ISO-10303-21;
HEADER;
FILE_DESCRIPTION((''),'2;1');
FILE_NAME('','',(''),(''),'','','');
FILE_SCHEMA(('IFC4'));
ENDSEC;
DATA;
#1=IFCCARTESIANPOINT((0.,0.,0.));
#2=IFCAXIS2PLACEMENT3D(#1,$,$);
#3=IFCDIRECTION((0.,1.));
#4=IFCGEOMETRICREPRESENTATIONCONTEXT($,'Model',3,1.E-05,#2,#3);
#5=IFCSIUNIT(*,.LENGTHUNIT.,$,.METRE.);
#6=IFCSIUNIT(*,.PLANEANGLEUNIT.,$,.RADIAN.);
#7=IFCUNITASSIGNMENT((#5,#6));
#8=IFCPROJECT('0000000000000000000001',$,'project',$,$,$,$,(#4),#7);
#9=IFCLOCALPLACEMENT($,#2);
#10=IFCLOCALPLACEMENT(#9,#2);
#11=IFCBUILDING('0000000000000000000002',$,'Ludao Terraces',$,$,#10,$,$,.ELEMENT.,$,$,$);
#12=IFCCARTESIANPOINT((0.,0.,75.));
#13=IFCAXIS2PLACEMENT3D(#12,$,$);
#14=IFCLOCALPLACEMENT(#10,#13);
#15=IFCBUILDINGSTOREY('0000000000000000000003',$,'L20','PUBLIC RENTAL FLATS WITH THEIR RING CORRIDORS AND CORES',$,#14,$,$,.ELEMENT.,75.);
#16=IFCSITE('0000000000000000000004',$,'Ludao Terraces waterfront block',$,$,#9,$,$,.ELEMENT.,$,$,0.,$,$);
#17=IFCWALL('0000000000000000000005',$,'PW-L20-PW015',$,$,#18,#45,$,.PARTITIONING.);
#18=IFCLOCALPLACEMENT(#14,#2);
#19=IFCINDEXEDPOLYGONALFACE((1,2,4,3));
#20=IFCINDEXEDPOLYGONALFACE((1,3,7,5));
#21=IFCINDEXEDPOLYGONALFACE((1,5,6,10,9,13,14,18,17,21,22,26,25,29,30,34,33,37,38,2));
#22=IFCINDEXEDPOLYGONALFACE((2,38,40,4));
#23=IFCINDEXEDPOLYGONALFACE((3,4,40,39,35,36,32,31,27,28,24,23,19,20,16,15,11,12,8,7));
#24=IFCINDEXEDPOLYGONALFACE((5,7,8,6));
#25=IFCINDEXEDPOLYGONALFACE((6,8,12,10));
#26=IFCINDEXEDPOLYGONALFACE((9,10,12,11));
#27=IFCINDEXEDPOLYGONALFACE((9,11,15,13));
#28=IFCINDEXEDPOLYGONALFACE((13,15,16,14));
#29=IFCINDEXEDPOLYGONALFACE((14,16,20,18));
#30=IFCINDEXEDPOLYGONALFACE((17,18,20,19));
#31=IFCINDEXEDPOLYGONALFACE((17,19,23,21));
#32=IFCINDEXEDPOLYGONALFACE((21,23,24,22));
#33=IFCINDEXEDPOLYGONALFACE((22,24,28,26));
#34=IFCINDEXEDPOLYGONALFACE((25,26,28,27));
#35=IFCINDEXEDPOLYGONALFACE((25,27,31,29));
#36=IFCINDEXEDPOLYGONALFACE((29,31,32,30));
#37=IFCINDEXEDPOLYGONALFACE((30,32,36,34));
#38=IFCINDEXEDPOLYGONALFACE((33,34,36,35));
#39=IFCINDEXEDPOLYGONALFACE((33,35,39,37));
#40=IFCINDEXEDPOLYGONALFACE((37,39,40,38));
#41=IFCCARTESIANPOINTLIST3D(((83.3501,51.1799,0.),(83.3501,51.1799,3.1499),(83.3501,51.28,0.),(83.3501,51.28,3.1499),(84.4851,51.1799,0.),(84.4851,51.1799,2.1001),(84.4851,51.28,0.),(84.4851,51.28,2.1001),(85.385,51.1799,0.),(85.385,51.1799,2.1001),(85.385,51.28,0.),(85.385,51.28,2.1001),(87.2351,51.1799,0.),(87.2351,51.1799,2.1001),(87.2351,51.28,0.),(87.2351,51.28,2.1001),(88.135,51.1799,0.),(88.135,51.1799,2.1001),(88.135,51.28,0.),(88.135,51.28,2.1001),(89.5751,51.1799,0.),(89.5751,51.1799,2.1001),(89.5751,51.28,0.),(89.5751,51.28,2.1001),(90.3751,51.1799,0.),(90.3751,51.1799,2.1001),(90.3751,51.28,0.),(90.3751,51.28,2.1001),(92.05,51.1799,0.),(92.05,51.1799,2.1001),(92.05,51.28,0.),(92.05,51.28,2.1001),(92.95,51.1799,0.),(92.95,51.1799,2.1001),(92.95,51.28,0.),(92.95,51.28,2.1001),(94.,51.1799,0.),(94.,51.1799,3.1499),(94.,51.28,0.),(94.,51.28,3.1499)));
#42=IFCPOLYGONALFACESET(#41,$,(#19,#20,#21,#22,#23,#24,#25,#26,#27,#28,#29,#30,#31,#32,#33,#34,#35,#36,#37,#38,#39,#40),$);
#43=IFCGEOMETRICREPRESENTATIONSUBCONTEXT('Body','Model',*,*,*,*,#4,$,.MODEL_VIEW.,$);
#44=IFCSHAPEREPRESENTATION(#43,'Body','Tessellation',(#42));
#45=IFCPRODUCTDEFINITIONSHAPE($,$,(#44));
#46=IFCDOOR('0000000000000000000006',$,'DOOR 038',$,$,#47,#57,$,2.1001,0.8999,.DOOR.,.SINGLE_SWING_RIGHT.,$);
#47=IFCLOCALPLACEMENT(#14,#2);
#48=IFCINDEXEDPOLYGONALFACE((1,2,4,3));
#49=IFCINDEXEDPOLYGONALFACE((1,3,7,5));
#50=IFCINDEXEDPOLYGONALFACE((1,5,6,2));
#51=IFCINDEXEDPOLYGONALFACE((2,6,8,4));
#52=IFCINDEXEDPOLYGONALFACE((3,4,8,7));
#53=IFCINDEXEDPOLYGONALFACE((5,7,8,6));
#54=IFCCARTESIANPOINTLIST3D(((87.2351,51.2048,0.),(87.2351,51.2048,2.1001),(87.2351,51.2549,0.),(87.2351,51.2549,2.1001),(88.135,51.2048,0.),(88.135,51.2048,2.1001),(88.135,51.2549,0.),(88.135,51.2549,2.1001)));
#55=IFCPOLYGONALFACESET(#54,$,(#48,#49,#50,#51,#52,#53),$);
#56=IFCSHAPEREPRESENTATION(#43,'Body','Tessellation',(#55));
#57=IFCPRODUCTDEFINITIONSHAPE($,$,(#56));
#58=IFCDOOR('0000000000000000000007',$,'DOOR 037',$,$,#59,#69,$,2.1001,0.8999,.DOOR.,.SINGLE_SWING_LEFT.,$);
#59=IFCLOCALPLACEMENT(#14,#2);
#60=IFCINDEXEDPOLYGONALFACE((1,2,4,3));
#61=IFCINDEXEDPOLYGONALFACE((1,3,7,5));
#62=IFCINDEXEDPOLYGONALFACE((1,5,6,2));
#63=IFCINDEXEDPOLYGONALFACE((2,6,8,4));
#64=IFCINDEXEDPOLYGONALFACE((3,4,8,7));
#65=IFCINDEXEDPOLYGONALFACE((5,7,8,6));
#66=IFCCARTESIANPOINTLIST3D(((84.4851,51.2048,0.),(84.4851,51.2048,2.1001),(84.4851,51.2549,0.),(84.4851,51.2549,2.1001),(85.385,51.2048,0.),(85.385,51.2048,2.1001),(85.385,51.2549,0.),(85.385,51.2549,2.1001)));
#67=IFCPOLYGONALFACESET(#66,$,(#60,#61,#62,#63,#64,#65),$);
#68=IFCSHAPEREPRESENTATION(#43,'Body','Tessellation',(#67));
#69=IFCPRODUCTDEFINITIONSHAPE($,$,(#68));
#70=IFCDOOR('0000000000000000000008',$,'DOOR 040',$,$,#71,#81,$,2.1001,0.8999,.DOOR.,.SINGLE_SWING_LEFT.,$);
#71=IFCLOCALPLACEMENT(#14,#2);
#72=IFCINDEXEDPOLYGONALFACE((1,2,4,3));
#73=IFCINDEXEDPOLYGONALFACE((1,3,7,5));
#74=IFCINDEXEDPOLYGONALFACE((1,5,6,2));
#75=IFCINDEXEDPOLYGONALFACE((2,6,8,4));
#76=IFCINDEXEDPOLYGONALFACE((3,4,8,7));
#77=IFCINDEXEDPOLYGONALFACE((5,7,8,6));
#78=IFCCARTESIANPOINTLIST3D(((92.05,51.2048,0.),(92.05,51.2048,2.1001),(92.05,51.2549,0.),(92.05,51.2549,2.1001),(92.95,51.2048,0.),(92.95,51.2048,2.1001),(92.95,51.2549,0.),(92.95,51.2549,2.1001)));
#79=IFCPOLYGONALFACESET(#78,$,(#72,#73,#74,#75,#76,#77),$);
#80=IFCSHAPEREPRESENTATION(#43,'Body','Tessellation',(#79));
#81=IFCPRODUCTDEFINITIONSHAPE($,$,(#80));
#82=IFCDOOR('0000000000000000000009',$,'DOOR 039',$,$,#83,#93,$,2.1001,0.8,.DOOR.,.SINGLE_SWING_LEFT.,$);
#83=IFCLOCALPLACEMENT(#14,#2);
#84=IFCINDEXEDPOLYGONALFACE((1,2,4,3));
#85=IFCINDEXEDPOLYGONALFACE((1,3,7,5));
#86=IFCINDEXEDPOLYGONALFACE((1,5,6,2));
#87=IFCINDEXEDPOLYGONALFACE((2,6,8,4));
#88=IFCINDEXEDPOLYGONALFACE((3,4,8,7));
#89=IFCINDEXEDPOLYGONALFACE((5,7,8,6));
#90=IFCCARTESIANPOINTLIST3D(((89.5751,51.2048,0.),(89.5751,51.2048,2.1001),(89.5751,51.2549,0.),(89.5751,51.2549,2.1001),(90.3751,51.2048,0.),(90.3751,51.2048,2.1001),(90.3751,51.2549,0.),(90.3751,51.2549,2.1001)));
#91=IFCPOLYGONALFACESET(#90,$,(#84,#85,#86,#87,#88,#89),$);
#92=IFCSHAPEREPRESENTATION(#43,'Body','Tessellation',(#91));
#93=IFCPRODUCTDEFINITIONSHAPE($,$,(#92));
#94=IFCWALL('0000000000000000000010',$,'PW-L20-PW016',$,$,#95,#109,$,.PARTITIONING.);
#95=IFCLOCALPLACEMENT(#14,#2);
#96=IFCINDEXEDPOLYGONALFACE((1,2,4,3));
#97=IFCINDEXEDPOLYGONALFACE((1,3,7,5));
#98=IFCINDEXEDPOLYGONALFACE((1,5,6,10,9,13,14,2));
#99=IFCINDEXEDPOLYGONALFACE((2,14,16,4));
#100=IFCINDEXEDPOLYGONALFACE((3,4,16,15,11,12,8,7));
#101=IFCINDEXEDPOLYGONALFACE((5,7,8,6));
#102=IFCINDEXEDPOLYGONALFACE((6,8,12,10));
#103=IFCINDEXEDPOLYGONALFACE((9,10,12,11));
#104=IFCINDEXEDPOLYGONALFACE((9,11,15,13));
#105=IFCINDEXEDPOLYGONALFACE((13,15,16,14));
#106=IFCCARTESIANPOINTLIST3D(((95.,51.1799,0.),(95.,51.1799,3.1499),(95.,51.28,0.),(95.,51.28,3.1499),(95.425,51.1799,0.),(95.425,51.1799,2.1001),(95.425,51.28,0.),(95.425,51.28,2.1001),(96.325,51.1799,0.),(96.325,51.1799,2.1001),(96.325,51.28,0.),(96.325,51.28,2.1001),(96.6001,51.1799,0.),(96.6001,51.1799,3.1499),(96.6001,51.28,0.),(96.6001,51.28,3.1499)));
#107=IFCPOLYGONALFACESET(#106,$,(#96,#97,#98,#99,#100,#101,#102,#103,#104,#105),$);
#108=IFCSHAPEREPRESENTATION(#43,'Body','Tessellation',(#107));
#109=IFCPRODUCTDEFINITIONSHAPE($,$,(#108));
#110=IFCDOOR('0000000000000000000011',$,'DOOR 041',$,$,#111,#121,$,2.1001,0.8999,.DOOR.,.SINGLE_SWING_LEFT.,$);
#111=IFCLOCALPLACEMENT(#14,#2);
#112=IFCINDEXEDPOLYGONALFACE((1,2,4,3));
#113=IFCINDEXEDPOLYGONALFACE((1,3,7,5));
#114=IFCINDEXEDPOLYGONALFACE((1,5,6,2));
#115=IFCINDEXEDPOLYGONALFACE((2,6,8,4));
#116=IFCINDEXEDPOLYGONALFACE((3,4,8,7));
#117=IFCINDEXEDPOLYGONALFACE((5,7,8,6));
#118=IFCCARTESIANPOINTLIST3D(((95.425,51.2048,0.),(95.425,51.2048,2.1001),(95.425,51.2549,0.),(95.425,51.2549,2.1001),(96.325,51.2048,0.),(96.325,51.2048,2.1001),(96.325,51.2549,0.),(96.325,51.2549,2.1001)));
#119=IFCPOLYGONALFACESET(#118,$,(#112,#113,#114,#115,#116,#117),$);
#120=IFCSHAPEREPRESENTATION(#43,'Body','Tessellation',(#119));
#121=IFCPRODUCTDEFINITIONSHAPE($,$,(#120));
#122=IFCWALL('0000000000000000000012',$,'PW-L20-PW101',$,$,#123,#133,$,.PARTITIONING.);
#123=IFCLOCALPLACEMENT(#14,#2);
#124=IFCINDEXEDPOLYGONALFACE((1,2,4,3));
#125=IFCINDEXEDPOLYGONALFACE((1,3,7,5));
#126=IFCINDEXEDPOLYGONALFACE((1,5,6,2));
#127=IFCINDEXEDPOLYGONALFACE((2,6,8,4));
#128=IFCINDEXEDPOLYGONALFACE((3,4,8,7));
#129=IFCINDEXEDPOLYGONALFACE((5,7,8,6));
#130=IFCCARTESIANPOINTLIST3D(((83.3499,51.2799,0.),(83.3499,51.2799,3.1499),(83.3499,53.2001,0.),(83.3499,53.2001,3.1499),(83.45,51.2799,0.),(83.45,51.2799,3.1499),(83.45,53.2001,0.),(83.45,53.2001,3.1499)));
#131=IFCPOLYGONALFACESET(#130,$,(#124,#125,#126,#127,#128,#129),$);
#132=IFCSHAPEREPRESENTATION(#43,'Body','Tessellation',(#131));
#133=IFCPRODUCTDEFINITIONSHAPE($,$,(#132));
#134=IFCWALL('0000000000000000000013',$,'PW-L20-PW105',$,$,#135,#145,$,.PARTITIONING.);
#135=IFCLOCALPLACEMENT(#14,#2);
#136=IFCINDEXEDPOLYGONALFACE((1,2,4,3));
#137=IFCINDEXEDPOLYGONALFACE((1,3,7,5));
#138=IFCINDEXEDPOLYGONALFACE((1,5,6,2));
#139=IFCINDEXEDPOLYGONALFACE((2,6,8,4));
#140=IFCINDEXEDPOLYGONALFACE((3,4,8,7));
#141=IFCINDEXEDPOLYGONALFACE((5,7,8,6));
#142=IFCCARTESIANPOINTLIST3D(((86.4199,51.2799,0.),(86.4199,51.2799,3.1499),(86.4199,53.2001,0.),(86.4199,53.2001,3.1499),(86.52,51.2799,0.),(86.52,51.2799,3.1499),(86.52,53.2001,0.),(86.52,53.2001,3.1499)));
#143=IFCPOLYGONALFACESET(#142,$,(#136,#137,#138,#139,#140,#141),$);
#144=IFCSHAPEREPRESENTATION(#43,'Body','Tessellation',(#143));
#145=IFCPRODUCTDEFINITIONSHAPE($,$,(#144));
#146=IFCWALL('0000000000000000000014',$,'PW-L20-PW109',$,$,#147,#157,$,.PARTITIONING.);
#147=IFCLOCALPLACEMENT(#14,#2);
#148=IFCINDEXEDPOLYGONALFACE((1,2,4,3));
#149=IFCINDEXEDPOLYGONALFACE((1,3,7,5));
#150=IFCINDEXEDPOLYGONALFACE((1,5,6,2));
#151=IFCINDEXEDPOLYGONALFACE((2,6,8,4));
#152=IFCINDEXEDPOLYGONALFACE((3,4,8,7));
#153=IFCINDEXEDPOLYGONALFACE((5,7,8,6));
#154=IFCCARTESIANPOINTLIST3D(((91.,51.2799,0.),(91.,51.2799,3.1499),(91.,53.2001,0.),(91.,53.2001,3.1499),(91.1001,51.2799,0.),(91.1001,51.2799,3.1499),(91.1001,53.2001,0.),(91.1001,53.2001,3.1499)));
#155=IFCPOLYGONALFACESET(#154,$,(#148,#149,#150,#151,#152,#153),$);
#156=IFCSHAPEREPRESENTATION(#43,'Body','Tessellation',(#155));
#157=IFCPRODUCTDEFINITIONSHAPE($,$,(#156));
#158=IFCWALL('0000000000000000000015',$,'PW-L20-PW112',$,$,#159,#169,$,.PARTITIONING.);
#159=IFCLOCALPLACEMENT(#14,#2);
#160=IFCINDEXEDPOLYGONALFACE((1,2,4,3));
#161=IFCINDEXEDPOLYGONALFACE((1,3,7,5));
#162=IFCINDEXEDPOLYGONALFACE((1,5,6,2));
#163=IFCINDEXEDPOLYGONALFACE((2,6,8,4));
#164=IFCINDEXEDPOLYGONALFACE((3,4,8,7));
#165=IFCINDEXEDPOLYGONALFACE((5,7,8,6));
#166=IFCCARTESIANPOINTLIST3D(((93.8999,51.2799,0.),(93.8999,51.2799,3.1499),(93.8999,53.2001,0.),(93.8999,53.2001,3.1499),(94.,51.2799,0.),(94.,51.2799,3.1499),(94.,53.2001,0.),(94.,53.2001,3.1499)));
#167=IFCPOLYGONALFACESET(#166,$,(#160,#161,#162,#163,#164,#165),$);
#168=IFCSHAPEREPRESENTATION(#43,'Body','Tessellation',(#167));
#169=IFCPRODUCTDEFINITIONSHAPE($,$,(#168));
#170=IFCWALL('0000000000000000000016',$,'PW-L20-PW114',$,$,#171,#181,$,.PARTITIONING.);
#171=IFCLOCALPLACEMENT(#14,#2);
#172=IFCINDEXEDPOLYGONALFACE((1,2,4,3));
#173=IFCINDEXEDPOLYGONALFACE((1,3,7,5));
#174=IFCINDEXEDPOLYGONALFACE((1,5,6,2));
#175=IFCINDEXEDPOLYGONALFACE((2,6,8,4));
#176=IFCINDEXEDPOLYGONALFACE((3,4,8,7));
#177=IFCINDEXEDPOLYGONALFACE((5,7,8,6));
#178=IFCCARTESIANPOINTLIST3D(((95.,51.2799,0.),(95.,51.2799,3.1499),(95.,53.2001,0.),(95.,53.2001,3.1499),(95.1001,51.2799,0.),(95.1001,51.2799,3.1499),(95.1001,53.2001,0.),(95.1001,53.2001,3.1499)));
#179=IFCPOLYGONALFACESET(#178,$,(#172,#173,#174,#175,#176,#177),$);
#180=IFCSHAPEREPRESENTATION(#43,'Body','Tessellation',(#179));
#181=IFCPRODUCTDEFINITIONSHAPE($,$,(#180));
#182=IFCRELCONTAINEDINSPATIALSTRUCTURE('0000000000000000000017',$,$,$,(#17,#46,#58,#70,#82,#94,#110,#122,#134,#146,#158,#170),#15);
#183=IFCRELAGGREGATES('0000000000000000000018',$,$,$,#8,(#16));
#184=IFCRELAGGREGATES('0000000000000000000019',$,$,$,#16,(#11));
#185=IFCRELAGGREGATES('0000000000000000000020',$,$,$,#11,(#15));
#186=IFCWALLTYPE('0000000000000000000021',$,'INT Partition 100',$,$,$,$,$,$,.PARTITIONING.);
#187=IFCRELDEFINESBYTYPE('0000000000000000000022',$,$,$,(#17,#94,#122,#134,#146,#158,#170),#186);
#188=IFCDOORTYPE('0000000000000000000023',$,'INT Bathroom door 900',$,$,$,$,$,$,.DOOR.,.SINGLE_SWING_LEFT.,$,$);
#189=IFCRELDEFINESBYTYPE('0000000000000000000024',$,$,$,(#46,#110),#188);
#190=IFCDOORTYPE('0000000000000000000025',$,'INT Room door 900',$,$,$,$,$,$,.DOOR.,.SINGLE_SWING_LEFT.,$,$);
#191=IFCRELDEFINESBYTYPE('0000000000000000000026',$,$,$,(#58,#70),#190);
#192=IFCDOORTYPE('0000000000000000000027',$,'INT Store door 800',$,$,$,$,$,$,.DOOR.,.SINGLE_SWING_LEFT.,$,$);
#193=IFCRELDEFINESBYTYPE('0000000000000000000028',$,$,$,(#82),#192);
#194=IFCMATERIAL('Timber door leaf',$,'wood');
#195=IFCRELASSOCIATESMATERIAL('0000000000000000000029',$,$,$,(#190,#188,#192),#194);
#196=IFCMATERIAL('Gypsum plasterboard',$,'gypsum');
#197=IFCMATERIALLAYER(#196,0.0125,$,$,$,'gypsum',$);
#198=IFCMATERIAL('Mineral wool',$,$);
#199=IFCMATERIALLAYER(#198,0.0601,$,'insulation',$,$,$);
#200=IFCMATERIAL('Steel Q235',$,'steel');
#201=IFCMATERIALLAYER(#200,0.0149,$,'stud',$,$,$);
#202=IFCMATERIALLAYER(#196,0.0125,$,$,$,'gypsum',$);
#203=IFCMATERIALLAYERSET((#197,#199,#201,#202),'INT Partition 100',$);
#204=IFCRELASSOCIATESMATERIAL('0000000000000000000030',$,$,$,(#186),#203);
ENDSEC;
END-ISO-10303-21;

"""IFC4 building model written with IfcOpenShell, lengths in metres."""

from ifc_helpers import new_model, si_unit, direction, frame, frame_2d, origin, place, context, subcontext, project, spatial, rectangle, extrude, material, layer, layer_set, type_object, element, fill, save


model = new_model("IFC4")

# Units and contexts
model_context = context("Model", 3, precision=1e-05, world=origin(), true_north=direction((0.0, 1.0)))
body_context = subcontext(model_context, "Body", "Model", "MODEL_VIEW")
ifc_project = project(units=[si_unit("LENGTHUNIT", "METRE"), si_unit("PLANEANGLEUNIT", "RADIAN")], contexts=[model_context])

# Site, building, storey
site_placement = place(None, origin())
site = spatial("IfcSite", under=ifc_project, at=site_placement, Name="Ludao Terraces waterfront block", CompositionType="ELEMENT", RefElevation=0.0)
building_placement = place(site_placement, origin())
building = spatial("IfcBuilding", under=site, at=building_placement, Name="Ludao Terraces", CompositionType="ELEMENT")
storey_placement = place(building_placement, frame((0.0, 0.0, 75.0)))
storey = spatial("IfcBuildingStorey", under=building, at=storey_placement, Name="L20", Description="PUBLIC RENTAL FLATS WITH THEIR RING CORRIDORS AND CORES", CompositionType="ELEMENT", Elevation=75.0)

# Shared definitions
ifc_material_1 = material(Name="Steel Q235", Category="steel")
ifc_material_2 = material(Name="Mineral wool")
ifc_material_3 = material(Name="Timber door leaf", Category="wood")
door_type_1 = type_object("IfcDoorType", Name="INT Room door 900", OperationType="SINGLE_SWING_LEFT", PredefinedType="DOOR", material=ifc_material_3)

# Shared definitions
ifc_material_4 = material(Name="Gypsum plasterboard", Category="gypsum")
ifc_layer_1 = layer(ifc_material_4, 0.0125, Category="gypsum")
ifc_layer_2 = layer(ifc_material_2, 0.0601, Name="insulation")
ifc_layer_3 = layer(ifc_material_1, 0.0149, Name="stud")
ifc_layer_4 = layer(ifc_material_4, 0.0125, Category="gypsum")
ifc_layer_set_1 = layer_set([ifc_layer_1, ifc_layer_2, ifc_layer_3, ifc_layer_4], Name="INT Partition 100")
wall_type_1 = type_object("IfcWallType", Name="INT Partition 100", PredefinedType="PARTITIONING", material=ifc_layer_set_1)

# Wall, openings, doors
wall_1_placement = place(storey_placement, frame((83.3501, 51.23, 0.0), z_axis=(0.0, 0.0, 1.0), x_axis=(1.0, 0.0, 0.0)))
wall_1 = element("IfcWall", 1, at=wall_1_placement, inside=storey, type_object=wall_type_1, Name="PW-L20-PW015", PredefinedType="PARTITIONING", context=body_context, shape_type="SweptSolid", body=[
    extrude(rectangle(XDim=10.6499, YDim=0.1001, at=frame_2d((5.325, 0.0))), origin(), (0.0, 0.0, 1.0), 3.1499),
])
opening_1_placement = place(wall_1_placement, frame((1.135, 0.0, 0.0)))
opening_1 = element("IfcOpeningElement", 2, at=opening_1_placement, cuts=wall_1, PredefinedType="OPENING", context=body_context, shape_type="SweptSolid", body=[
    extrude(rectangle(XDim=0.8999, YDim=2.1001, at=frame_2d((0.45, 1.05))), frame((0.0, 0.0601, 0.0), z_axis=(0.0, -1.0, 0.0), x_axis=(1.0, 0.0, 0.0)), (0.0, 0.0, 1.0), 0.1201),
])
opening_2_placement = place(wall_1_placement, frame((3.885, 0.0, 0.0)))
opening_2 = element("IfcOpeningElement", 3, at=opening_2_placement, cuts=wall_1, PredefinedType="OPENING", context=body_context, shape_type="SweptSolid", body=[
    extrude(rectangle(XDim=0.8999, YDim=2.1001, at=frame_2d((0.45, 1.05))), frame((0.0, 0.0601, 0.0), z_axis=(0.0, -1.0, 0.0), x_axis=(1.0, 0.0, 0.0)), (0.0, 0.0, 1.0), 0.1201),
])
opening_3_placement = place(wall_1_placement, frame((6.2251, 0.0, 0.0)))
opening_3 = element("IfcOpeningElement", 4, at=opening_3_placement, cuts=wall_1, PredefinedType="OPENING", context=body_context, shape_type="SweptSolid", body=[
    extrude(rectangle(XDim=0.8, YDim=2.1001, at=frame_2d((0.3999, 1.05))), frame((0.0, 0.0601, 0.0), z_axis=(0.0, -1.0, 0.0), x_axis=(1.0, 0.0, 0.0)), (0.0, 0.0, 1.0), 0.1201),
])
opening_4_placement = place(wall_1_placement, frame((8.7, 0.0, 0.0)))
opening_4 = element("IfcOpeningElement", 5, at=opening_4_placement, cuts=wall_1, PredefinedType="OPENING", context=body_context, shape_type="SweptSolid", body=[
    extrude(rectangle(XDim=0.8999, YDim=2.1001, at=frame_2d((0.45, 1.05))), frame((0.0, 0.0601, 0.0), z_axis=(0.0, -1.0, 0.0), x_axis=(1.0, 0.0, 0.0)), (0.0, 0.0, 1.0), 0.1201),
])
door_type_2 = type_object("IfcDoorType", Name="INT Bathroom door 900", OperationType="SINGLE_SWING_LEFT", PredefinedType="DOOR", material=ifc_material_3)
door_1_placement = place(opening_2_placement, origin())
door_1 = element("IfcDoor", 6, at=door_1_placement, inside=storey, type_object=door_type_2, Name="DOOR 038", OperationType="SINGLE_SWING_RIGHT", OverallHeight=2.1001, OverallWidth=0.8999, PredefinedType="DOOR", context=body_context, shape_type="SweptSolid", body=[
    extrude(rectangle(XDim=0.8999, YDim=2.1001, at=frame_2d((0.45, 1.05))), frame((0.0, 0.0249, 0.0), z_axis=(0.0, -1.0, 0.0), x_axis=(1.0, 0.0, 0.0)), (0.0, 0.0, 1.0), 0.05),
])
fill(opening_2, door_1)
door_2_placement = place(opening_1_placement, origin())
door_2 = element("IfcDoor", 7, at=door_2_placement, inside=storey, type_object=door_type_1, Name="DOOR 037", OperationType="SINGLE_SWING_LEFT", OverallHeight=2.1001, OverallWidth=0.8999, PredefinedType="DOOR", context=body_context, shape_type="SweptSolid", body=[
    extrude(rectangle(XDim=0.8999, YDim=2.1001, at=frame_2d((0.45, 1.05))), frame((0.0, 0.0249, 0.0), z_axis=(0.0, -1.0, 0.0), x_axis=(1.0, 0.0, 0.0)), (0.0, 0.0, 1.0), 0.05),
])
fill(opening_1, door_2)
door_3_placement = place(opening_4_placement, origin())
door_3 = element("IfcDoor", 8, at=door_3_placement, inside=storey, type_object=door_type_1, Name="DOOR 040", OperationType="SINGLE_SWING_LEFT", OverallHeight=2.1001, OverallWidth=0.8999, PredefinedType="DOOR", context=body_context, shape_type="SweptSolid", body=[
    extrude(rectangle(XDim=0.8999, YDim=2.1001, at=frame_2d((0.45, 1.05))), frame((0.0, 0.0249, 0.0), z_axis=(0.0, -1.0, 0.0), x_axis=(1.0, 0.0, 0.0)), (0.0, 0.0, 1.0), 0.05),
])
fill(opening_4, door_3)
door_type_3 = type_object("IfcDoorType", Name="INT Store door 800", OperationType="SINGLE_SWING_LEFT", PredefinedType="DOOR", material=ifc_material_3)
door_4_placement = place(opening_3_placement, origin())
door_4 = element("IfcDoor", 9, at=door_4_placement, inside=storey, type_object=door_type_3, Name="DOOR 039", OperationType="SINGLE_SWING_LEFT", OverallHeight=2.1001, OverallWidth=0.8, PredefinedType="DOOR", context=body_context, shape_type="SweptSolid", body=[
    extrude(rectangle(XDim=0.8, YDim=2.1001, at=frame_2d((0.3999, 1.05))), frame((0.0, 0.0249, 0.0), z_axis=(0.0, -1.0, 0.0), x_axis=(1.0, 0.0, 0.0)), (0.0, 0.0, 1.0), 0.05),
])
fill(opening_3, door_4)

# Wall, opening, door
wall_2_placement = place(storey_placement, frame((95.0, 51.23, 0.0), z_axis=(0.0, 0.0, 1.0), x_axis=(1.0, 0.0, 0.0)))
wall_2 = element("IfcWall", 10, at=wall_2_placement, inside=storey, type_object=wall_type_1, Name="PW-L20-PW016", PredefinedType="PARTITIONING", context=body_context, shape_type="SweptSolid", body=[
    extrude(rectangle(XDim=1.6001, YDim=0.1001, at=frame_2d((0.8, 0.0))), origin(), (0.0, 0.0, 1.0), 3.1499),
])
opening_5_placement = place(wall_2_placement, frame((0.425, 0.0, 0.0)))
opening_5 = element("IfcOpeningElement", 11, at=opening_5_placement, cuts=wall_2, PredefinedType="OPENING", context=body_context, shape_type="SweptSolid", body=[
    extrude(rectangle(XDim=0.8999, YDim=2.1001, at=frame_2d((0.45, 1.05))), frame((0.0, 0.0601, 0.0), z_axis=(0.0, -1.0, 0.0), x_axis=(1.0, 0.0, 0.0)), (0.0, 0.0, 1.0), 0.1201),
])
door_5_placement = place(opening_5_placement, origin())
door_5 = element("IfcDoor", 12, at=door_5_placement, inside=storey, type_object=door_type_2, Name="DOOR 041", OperationType="SINGLE_SWING_LEFT", OverallHeight=2.1001, OverallWidth=0.8999, PredefinedType="DOOR", context=body_context, shape_type="SweptSolid", body=[
    extrude(rectangle(XDim=0.8999, YDim=2.1001, at=frame_2d((0.45, 1.05))), frame((0.0, 0.0249, 0.0), z_axis=(0.0, -1.0, 0.0), x_axis=(1.0, 0.0, 0.0)), (0.0, 0.0, 1.0), 0.05),
])
fill(opening_5, door_5)

# Walls
for number, where, z_axis, x_axis, name in (
    (13, (83.3999, 51.28, 0.0), (0.0, 0.0, 1.0), (0.0, 1.0, 0.0), "PW-L20-PW101"),
    (14, (86.47, 51.28, 0.0), (0.0, 0.0, 1.0), (0.0, 1.0, 0.0), "PW-L20-PW105"),
    (15, (91.05, 51.28, 0.0), (0.0, 0.0, 1.0), (0.0, 1.0, 0.0), "PW-L20-PW109"),
    (16, (93.95, 51.28, 0.0), (0.0, 0.0, 1.0), (0.0, 1.0, 0.0), "PW-L20-PW112"),
    (17, (95.05, 51.28, 0.0), (0.0, 0.0, 1.0), (0.0, 1.0, 0.0), "PW-L20-PW114"),
):
    element("IfcWall", number, at=place(storey_placement, frame(where, z_axis=z_axis, x_axis=x_axis)), inside=storey, type_object=wall_type_1, Name=name, PredefinedType="PARTITIONING", context=body_context, shape_type="SweptSolid", body=[
        extrude(rectangle(XDim=1.9202, YDim=0.1001, at=frame_2d((0.96, 0.0))), origin(), (0.0, 0.0, 1.0), 3.1499),
    ])

save(model, "model.ifc")
